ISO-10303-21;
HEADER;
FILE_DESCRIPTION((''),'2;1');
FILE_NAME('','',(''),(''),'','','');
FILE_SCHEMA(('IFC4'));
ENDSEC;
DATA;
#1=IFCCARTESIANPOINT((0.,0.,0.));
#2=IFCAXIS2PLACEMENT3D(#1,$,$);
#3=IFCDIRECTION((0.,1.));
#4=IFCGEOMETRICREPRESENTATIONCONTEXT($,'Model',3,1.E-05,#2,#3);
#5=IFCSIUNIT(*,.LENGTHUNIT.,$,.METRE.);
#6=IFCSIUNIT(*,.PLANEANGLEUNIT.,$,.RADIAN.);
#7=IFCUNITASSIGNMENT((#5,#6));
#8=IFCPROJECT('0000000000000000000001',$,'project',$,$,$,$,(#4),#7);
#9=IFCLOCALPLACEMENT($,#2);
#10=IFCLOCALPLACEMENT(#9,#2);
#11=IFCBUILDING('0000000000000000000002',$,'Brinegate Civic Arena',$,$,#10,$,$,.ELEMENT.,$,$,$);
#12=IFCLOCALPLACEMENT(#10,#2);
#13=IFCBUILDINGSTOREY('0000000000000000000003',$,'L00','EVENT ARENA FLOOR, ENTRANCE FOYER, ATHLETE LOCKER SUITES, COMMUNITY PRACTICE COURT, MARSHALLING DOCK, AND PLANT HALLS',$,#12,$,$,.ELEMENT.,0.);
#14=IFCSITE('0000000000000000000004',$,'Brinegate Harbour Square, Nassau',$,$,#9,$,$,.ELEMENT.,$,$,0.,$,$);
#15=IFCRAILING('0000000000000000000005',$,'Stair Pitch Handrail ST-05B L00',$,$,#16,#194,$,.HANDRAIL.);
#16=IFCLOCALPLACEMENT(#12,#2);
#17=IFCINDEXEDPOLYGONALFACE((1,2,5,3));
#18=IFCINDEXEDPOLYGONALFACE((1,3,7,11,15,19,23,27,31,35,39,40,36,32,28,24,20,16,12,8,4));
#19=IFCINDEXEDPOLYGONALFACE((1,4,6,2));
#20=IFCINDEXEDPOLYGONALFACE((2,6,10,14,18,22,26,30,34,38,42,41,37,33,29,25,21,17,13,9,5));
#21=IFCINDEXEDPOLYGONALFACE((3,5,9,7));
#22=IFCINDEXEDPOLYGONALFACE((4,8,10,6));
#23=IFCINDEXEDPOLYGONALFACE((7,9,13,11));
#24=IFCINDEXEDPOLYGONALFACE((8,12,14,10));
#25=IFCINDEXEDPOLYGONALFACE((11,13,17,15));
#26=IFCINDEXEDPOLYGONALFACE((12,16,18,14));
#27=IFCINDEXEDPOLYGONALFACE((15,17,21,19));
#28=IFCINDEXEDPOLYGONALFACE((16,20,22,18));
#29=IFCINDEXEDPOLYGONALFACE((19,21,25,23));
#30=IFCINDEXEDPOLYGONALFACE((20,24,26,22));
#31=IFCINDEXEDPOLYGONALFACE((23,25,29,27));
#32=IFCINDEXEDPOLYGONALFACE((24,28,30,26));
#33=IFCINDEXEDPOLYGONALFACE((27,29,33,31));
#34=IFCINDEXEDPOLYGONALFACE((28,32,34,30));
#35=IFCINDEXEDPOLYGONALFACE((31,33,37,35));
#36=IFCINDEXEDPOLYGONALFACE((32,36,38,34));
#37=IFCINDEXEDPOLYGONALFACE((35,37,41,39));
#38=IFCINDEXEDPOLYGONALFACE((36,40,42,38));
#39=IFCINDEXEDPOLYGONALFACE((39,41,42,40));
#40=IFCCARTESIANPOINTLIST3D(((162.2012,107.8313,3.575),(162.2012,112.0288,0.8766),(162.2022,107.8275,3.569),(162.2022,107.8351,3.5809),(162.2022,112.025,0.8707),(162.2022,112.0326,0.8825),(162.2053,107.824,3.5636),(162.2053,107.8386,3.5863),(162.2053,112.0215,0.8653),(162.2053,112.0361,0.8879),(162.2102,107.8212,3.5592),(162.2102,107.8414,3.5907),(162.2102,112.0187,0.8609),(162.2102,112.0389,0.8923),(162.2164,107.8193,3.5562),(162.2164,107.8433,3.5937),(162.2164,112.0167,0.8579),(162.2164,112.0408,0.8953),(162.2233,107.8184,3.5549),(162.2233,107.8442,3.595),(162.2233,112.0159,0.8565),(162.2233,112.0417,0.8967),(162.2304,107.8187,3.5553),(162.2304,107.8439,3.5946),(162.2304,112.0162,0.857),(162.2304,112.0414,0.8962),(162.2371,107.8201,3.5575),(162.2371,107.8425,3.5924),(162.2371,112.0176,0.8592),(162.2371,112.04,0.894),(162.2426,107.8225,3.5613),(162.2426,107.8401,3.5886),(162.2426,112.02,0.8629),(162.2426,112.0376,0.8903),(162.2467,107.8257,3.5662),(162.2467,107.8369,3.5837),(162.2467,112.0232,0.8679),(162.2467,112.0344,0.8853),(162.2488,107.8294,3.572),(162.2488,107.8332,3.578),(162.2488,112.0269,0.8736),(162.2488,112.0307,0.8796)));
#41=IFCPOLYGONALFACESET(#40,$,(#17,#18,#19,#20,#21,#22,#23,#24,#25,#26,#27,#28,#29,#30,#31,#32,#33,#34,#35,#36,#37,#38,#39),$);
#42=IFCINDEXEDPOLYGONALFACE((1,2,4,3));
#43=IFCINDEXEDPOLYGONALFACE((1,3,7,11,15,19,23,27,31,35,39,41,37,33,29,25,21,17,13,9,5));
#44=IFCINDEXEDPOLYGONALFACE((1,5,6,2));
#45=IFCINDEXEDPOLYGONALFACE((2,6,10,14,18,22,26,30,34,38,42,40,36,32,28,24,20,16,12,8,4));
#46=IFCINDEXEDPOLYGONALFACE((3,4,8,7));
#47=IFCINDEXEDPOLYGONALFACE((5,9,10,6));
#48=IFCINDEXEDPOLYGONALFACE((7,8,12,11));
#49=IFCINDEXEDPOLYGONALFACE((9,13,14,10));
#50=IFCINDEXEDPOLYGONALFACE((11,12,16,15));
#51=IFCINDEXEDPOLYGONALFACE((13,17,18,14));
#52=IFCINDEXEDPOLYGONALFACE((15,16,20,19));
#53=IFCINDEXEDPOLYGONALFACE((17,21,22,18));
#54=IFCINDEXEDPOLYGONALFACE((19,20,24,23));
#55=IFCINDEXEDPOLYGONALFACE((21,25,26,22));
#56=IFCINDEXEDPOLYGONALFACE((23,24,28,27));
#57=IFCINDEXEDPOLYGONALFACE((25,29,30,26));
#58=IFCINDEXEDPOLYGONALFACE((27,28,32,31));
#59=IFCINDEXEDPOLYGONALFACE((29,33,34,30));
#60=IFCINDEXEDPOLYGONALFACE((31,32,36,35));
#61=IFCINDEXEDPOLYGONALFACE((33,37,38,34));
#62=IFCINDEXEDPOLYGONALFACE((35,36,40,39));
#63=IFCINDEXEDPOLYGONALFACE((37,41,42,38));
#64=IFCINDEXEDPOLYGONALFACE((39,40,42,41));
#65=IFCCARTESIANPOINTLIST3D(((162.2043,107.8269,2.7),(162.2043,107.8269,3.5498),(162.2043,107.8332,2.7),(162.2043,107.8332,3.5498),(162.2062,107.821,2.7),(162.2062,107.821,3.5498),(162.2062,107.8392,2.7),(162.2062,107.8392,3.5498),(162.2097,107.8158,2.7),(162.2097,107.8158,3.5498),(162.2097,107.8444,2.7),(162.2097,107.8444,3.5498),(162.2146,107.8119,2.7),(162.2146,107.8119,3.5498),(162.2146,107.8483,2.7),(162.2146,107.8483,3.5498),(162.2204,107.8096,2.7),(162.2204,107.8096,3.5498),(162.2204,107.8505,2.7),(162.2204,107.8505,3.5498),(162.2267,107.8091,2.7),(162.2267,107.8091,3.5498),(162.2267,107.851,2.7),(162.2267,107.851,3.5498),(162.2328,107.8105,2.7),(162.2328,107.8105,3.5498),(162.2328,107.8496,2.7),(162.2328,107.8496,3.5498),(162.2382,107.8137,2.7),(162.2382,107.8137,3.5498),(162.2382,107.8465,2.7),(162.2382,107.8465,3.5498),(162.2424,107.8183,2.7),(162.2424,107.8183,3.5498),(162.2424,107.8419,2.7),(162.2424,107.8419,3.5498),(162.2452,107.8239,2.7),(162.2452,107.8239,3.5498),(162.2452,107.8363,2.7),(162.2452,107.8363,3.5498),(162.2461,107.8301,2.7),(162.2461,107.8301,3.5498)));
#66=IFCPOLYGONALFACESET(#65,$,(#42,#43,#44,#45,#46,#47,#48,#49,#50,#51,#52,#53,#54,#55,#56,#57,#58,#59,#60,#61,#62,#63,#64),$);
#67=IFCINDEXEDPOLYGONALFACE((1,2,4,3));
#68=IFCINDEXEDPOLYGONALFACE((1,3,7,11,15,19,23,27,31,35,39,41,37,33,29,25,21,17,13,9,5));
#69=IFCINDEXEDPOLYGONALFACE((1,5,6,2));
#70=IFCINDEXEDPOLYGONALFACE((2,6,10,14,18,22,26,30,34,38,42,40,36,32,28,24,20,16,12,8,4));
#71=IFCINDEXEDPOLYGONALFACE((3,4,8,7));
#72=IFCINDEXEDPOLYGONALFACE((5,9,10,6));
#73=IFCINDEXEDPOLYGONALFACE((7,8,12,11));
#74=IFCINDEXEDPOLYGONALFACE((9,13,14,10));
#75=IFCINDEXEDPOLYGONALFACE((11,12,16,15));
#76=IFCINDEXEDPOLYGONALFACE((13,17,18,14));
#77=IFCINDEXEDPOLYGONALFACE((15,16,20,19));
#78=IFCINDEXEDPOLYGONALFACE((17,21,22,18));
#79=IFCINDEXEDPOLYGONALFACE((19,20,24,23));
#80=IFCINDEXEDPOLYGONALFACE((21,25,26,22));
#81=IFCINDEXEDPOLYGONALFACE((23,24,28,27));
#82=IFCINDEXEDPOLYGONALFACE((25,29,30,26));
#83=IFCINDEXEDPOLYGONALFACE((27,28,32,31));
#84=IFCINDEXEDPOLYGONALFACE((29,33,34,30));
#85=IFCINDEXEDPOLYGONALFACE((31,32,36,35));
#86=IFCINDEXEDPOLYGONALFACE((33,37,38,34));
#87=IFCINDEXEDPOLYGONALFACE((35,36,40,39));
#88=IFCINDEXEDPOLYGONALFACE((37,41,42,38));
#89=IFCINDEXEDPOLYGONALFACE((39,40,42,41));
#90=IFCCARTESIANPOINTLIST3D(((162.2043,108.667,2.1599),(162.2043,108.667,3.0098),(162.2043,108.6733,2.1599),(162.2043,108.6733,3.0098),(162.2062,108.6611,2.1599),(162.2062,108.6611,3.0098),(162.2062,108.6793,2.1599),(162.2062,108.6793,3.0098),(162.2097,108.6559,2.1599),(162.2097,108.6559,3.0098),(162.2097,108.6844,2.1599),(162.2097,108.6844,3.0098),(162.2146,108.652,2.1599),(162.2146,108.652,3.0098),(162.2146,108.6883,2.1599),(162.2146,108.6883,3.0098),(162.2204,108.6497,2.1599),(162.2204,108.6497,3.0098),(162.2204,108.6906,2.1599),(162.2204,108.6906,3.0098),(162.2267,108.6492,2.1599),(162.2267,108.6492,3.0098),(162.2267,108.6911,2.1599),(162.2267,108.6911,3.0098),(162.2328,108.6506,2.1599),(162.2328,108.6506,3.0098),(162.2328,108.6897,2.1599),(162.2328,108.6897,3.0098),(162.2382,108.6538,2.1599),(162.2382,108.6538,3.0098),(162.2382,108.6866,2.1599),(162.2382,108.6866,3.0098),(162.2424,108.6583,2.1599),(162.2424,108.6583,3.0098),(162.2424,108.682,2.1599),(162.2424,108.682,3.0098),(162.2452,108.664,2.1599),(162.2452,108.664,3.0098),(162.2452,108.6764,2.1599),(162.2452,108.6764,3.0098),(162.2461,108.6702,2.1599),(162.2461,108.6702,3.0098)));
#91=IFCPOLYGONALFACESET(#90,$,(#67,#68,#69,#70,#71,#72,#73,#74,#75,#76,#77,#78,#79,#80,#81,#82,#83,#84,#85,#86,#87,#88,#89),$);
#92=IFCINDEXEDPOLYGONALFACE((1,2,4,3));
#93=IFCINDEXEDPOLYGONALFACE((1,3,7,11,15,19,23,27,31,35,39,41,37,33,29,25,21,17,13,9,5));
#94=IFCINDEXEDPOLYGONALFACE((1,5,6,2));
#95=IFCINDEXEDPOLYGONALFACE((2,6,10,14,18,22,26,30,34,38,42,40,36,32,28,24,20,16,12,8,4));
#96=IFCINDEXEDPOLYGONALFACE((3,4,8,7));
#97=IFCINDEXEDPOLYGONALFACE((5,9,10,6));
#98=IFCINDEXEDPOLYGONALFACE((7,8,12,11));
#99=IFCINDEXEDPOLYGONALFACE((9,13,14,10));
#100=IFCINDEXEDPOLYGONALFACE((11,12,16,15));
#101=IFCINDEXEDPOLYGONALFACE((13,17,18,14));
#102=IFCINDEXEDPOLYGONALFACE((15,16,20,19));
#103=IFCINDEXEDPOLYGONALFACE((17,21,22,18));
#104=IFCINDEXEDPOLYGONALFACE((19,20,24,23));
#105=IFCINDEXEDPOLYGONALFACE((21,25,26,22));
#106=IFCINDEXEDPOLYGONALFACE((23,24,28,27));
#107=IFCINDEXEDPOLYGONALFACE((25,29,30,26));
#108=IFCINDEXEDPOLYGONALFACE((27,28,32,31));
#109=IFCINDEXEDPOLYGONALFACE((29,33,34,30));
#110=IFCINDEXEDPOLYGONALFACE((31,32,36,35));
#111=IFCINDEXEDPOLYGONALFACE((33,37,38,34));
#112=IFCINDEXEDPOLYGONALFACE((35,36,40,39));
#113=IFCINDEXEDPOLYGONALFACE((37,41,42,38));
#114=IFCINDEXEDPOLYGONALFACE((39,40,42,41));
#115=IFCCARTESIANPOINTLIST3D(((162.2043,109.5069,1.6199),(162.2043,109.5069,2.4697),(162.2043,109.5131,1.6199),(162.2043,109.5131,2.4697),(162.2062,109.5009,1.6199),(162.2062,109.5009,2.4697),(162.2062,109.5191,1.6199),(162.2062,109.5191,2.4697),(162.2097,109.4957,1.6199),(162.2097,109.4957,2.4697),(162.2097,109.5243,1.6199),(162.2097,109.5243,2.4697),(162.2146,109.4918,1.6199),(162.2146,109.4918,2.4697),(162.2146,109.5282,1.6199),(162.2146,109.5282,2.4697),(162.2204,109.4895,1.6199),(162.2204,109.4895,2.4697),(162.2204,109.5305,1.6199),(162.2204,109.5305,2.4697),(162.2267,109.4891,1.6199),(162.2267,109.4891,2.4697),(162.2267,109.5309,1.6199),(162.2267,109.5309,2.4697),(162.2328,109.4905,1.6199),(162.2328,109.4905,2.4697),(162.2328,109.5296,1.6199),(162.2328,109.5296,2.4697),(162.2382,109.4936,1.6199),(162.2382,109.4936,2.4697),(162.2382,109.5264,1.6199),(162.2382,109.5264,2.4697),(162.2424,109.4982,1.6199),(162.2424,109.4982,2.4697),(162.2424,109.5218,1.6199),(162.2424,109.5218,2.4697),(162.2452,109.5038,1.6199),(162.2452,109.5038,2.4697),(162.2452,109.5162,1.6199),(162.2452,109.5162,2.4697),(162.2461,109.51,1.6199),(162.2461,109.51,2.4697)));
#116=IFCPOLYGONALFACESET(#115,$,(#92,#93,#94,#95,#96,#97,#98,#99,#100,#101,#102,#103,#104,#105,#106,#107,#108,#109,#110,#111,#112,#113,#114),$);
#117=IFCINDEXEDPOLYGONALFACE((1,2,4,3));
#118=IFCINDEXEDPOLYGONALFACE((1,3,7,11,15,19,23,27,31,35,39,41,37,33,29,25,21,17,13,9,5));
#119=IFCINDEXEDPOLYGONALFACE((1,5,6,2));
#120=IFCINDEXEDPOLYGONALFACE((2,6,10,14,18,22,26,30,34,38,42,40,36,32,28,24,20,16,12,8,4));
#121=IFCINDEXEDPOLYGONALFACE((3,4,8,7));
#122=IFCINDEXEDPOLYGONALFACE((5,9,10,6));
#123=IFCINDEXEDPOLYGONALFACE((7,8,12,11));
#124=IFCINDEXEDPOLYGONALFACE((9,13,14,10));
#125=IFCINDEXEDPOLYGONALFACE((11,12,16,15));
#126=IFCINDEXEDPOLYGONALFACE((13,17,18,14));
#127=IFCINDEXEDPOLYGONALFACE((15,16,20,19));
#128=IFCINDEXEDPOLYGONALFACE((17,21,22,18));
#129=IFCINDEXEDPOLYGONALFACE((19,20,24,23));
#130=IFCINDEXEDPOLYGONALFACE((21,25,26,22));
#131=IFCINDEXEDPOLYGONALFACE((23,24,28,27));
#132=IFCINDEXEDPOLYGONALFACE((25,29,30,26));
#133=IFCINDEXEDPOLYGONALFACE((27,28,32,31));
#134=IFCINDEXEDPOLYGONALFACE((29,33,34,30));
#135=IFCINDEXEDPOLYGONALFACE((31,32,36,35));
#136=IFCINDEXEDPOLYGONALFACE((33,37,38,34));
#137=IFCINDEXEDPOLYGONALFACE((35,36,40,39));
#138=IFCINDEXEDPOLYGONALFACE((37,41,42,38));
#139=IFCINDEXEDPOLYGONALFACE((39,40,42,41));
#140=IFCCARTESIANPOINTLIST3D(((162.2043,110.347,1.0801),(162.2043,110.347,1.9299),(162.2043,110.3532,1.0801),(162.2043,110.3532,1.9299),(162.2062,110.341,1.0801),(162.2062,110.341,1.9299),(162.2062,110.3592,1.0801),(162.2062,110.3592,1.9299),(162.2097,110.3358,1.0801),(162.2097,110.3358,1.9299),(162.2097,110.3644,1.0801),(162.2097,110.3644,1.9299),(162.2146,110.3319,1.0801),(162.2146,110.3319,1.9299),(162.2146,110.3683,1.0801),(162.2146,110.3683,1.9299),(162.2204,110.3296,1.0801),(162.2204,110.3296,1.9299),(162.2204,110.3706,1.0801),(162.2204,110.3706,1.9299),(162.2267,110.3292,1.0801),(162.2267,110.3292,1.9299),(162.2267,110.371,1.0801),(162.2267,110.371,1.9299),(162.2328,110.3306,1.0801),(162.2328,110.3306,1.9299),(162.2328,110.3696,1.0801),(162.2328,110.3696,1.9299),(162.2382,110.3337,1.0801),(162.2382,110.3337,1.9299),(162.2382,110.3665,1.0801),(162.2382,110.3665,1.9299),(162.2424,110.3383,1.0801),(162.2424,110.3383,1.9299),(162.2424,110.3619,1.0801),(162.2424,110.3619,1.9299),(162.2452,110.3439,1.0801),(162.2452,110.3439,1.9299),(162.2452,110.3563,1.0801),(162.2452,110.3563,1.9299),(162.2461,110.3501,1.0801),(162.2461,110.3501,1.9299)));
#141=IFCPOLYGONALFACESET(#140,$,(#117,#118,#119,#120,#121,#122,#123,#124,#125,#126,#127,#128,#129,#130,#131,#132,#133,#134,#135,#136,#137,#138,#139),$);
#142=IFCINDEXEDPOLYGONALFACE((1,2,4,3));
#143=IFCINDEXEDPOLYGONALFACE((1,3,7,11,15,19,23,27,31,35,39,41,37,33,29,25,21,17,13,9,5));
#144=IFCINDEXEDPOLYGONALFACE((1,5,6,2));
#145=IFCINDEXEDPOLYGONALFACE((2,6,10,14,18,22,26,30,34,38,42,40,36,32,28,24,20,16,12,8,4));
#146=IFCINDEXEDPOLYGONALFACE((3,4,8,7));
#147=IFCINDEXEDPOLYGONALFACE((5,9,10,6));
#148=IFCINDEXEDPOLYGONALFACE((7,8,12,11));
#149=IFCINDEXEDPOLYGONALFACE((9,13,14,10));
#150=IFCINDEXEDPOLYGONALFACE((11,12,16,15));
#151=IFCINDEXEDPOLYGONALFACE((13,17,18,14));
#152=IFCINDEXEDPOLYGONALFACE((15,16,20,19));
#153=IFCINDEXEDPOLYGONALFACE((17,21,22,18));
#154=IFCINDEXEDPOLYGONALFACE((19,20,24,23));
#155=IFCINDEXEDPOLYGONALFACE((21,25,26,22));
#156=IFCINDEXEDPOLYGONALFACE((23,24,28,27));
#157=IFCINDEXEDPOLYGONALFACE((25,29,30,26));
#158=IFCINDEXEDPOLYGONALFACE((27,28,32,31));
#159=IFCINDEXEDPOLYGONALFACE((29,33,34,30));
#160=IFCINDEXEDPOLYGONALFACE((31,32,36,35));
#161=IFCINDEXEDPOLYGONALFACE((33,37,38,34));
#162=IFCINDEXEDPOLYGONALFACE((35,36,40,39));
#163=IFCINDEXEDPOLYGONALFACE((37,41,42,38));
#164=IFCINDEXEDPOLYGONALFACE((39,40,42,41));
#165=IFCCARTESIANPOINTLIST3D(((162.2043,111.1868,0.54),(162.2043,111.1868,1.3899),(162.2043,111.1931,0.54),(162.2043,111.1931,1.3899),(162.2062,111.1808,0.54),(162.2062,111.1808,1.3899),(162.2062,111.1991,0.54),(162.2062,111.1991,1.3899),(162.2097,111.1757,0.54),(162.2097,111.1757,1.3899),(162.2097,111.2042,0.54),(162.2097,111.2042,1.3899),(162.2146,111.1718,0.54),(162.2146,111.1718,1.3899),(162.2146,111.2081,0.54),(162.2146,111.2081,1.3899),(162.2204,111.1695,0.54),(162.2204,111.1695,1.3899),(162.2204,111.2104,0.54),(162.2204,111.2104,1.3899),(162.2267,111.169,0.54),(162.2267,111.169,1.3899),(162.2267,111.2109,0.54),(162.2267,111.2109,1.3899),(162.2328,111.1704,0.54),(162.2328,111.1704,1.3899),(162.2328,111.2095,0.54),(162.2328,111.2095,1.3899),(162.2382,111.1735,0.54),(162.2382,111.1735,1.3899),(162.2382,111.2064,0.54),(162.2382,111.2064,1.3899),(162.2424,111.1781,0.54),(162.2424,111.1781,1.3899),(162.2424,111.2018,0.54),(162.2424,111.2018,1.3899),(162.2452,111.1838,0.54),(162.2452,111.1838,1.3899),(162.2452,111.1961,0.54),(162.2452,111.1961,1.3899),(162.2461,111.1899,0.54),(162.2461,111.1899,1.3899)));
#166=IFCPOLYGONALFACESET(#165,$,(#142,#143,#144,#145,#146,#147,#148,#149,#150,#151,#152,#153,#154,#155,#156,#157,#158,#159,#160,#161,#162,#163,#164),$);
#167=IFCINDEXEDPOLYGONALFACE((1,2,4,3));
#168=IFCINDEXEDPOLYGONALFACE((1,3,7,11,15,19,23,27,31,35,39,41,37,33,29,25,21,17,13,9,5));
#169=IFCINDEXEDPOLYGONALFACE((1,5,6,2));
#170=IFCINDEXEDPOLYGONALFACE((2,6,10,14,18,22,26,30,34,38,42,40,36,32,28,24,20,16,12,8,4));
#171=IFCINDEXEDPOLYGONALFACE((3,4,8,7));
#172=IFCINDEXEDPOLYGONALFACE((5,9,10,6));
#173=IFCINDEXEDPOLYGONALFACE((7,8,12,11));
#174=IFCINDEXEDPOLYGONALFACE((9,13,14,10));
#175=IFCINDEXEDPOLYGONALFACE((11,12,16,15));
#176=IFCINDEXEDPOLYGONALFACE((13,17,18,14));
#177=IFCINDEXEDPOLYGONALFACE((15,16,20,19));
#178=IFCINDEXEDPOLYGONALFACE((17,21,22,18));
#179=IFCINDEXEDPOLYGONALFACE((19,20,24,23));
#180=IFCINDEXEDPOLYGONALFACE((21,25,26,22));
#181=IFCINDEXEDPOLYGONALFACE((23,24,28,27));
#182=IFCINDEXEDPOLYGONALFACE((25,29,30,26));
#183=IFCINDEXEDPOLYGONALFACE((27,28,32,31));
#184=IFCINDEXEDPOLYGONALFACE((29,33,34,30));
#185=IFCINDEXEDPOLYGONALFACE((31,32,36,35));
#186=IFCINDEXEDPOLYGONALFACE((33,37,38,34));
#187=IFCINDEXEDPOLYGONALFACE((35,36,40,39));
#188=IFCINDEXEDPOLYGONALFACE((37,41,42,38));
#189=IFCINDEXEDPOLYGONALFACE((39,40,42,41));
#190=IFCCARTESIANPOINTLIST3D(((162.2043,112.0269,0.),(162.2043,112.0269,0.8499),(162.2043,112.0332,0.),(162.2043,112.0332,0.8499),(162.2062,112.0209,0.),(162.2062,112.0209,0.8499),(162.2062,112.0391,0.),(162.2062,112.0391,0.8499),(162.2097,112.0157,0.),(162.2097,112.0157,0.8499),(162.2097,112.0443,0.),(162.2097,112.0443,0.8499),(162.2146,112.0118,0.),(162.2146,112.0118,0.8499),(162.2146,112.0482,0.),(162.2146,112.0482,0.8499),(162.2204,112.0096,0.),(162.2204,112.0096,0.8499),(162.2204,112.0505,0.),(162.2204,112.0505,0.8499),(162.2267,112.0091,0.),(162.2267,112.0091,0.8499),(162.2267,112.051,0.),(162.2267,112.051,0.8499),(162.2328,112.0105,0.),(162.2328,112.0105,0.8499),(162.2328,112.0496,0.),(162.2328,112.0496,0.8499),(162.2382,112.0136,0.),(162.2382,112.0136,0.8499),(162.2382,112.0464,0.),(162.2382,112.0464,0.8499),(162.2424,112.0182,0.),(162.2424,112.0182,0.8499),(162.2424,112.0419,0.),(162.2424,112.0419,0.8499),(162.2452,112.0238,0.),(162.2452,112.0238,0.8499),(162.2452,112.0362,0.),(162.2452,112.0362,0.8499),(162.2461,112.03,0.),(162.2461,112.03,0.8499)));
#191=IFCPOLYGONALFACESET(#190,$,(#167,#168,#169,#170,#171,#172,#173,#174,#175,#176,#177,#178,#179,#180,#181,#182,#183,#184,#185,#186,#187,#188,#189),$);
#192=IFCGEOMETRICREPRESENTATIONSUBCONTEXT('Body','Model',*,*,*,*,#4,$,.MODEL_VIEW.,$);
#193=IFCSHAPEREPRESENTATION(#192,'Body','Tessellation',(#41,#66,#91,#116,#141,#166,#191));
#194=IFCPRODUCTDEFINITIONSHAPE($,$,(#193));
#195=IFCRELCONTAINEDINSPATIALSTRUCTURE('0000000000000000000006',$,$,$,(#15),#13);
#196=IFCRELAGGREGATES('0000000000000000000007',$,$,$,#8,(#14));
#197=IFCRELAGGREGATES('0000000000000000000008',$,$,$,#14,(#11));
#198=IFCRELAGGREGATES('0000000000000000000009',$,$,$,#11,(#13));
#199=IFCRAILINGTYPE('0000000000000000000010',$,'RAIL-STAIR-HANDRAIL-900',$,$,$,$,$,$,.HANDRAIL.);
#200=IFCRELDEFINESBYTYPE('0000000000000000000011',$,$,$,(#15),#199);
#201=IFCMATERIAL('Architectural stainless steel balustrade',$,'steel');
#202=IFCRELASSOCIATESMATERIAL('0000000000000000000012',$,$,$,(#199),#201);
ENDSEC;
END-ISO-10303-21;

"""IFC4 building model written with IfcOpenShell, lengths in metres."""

from ifc_helpers import new_model, si_unit, direction, frame, origin, origin_2d, place, context, subcontext, project, spatial, circle, extrude, material, type_object, element, save


model = new_model("IFC4")

# Units and contexts
model_context = context("Model", 3, precision=1e-05, world=origin(), true_north=direction((0.0, 1.0)))
body_context = subcontext(model_context, "Body", "Model", "MODEL_VIEW")
ifc_project = project(units=[si_unit("LENGTHUNIT", "METRE"), si_unit("PLANEANGLEUNIT", "RADIAN")], contexts=[model_context])

# Site, building, storey
site_placement = place(None, origin())
site = spatial("IfcSite", under=ifc_project, at=site_placement, Name="Brinegate Harbour Square, Nassau", CompositionType="ELEMENT", RefElevation=0.0)
building_placement = place(site_placement, origin())
building = spatial("IfcBuilding", under=site, at=building_placement, Name="Brinegate Civic Arena", CompositionType="ELEMENT")
storey_placement = place(building_placement, origin())
storey = spatial("IfcBuildingStorey", under=building, at=storey_placement, Name="L00", Description="EVENT ARENA FLOOR, ENTRANCE FOYER, ATHLETE LOCKER SUITES, COMMUNITY PRACTICE COURT, MARSHALLING DOCK, AND PLANT HALLS", CompositionType="ELEMENT", Elevation=0.0)

# Railing
ifc_material_1 = material(Name="Architectural stainless steel balustrade", Category="steel")
railing_type = type_object("IfcRailingType", Name="RAIL-STAIR-HANDRAIL-900", PredefinedType="HANDRAIL", material=ifc_material_1)
railing_placement = place(storey_placement, frame((162.2251, 107.8301, 2.7)))
element("IfcRailing", 1, at=railing_placement, inside=storey, type_object=railing_type, Name="Stair Pitch Handrail ST-05B L00", PredefinedType="HANDRAIL", context=body_context, shape_type="SweptSolid", body=[
    extrude(circle(Radius=0.0239, at=origin_2d()), frame((0.0, 0.0012, 0.875), z_axis=(0.0, 0.84118, -0.540755), x_axis=(-1.0, 0.0, 0.0)), (0.0, 0.0, 1.0), 4.99),
    extrude(circle(Radius=0.021, at=origin_2d()), origin(), (0.0, 0.0, 1.0), 0.8499),
    extrude(circle(Radius=0.021, at=origin_2d()), frame((0.0, 0.8401, -0.54)), (0.0, 0.0, 1.0), 0.8499),
    extrude(circle(Radius=0.021, at=origin_2d()), frame((0.0, 1.6799, -1.0801)), (0.0, 0.0, 1.0), 0.8499),
    extrude(circle(Radius=0.021, at=origin_2d()), frame((0.0, 2.52, -1.6199)), (0.0, 0.0, 1.0), 0.8499),
    extrude(circle(Radius=0.021, at=origin_2d()), frame((0.0, 3.3599, -2.1599)), (0.0, 0.0, 1.0), 0.8499),
    extrude(circle(Radius=0.021, at=origin_2d()), frame((0.0, 4.2, -2.7)), (0.0, 0.0, 1.0), 0.8499),
])

save(model, "model.ifc")
